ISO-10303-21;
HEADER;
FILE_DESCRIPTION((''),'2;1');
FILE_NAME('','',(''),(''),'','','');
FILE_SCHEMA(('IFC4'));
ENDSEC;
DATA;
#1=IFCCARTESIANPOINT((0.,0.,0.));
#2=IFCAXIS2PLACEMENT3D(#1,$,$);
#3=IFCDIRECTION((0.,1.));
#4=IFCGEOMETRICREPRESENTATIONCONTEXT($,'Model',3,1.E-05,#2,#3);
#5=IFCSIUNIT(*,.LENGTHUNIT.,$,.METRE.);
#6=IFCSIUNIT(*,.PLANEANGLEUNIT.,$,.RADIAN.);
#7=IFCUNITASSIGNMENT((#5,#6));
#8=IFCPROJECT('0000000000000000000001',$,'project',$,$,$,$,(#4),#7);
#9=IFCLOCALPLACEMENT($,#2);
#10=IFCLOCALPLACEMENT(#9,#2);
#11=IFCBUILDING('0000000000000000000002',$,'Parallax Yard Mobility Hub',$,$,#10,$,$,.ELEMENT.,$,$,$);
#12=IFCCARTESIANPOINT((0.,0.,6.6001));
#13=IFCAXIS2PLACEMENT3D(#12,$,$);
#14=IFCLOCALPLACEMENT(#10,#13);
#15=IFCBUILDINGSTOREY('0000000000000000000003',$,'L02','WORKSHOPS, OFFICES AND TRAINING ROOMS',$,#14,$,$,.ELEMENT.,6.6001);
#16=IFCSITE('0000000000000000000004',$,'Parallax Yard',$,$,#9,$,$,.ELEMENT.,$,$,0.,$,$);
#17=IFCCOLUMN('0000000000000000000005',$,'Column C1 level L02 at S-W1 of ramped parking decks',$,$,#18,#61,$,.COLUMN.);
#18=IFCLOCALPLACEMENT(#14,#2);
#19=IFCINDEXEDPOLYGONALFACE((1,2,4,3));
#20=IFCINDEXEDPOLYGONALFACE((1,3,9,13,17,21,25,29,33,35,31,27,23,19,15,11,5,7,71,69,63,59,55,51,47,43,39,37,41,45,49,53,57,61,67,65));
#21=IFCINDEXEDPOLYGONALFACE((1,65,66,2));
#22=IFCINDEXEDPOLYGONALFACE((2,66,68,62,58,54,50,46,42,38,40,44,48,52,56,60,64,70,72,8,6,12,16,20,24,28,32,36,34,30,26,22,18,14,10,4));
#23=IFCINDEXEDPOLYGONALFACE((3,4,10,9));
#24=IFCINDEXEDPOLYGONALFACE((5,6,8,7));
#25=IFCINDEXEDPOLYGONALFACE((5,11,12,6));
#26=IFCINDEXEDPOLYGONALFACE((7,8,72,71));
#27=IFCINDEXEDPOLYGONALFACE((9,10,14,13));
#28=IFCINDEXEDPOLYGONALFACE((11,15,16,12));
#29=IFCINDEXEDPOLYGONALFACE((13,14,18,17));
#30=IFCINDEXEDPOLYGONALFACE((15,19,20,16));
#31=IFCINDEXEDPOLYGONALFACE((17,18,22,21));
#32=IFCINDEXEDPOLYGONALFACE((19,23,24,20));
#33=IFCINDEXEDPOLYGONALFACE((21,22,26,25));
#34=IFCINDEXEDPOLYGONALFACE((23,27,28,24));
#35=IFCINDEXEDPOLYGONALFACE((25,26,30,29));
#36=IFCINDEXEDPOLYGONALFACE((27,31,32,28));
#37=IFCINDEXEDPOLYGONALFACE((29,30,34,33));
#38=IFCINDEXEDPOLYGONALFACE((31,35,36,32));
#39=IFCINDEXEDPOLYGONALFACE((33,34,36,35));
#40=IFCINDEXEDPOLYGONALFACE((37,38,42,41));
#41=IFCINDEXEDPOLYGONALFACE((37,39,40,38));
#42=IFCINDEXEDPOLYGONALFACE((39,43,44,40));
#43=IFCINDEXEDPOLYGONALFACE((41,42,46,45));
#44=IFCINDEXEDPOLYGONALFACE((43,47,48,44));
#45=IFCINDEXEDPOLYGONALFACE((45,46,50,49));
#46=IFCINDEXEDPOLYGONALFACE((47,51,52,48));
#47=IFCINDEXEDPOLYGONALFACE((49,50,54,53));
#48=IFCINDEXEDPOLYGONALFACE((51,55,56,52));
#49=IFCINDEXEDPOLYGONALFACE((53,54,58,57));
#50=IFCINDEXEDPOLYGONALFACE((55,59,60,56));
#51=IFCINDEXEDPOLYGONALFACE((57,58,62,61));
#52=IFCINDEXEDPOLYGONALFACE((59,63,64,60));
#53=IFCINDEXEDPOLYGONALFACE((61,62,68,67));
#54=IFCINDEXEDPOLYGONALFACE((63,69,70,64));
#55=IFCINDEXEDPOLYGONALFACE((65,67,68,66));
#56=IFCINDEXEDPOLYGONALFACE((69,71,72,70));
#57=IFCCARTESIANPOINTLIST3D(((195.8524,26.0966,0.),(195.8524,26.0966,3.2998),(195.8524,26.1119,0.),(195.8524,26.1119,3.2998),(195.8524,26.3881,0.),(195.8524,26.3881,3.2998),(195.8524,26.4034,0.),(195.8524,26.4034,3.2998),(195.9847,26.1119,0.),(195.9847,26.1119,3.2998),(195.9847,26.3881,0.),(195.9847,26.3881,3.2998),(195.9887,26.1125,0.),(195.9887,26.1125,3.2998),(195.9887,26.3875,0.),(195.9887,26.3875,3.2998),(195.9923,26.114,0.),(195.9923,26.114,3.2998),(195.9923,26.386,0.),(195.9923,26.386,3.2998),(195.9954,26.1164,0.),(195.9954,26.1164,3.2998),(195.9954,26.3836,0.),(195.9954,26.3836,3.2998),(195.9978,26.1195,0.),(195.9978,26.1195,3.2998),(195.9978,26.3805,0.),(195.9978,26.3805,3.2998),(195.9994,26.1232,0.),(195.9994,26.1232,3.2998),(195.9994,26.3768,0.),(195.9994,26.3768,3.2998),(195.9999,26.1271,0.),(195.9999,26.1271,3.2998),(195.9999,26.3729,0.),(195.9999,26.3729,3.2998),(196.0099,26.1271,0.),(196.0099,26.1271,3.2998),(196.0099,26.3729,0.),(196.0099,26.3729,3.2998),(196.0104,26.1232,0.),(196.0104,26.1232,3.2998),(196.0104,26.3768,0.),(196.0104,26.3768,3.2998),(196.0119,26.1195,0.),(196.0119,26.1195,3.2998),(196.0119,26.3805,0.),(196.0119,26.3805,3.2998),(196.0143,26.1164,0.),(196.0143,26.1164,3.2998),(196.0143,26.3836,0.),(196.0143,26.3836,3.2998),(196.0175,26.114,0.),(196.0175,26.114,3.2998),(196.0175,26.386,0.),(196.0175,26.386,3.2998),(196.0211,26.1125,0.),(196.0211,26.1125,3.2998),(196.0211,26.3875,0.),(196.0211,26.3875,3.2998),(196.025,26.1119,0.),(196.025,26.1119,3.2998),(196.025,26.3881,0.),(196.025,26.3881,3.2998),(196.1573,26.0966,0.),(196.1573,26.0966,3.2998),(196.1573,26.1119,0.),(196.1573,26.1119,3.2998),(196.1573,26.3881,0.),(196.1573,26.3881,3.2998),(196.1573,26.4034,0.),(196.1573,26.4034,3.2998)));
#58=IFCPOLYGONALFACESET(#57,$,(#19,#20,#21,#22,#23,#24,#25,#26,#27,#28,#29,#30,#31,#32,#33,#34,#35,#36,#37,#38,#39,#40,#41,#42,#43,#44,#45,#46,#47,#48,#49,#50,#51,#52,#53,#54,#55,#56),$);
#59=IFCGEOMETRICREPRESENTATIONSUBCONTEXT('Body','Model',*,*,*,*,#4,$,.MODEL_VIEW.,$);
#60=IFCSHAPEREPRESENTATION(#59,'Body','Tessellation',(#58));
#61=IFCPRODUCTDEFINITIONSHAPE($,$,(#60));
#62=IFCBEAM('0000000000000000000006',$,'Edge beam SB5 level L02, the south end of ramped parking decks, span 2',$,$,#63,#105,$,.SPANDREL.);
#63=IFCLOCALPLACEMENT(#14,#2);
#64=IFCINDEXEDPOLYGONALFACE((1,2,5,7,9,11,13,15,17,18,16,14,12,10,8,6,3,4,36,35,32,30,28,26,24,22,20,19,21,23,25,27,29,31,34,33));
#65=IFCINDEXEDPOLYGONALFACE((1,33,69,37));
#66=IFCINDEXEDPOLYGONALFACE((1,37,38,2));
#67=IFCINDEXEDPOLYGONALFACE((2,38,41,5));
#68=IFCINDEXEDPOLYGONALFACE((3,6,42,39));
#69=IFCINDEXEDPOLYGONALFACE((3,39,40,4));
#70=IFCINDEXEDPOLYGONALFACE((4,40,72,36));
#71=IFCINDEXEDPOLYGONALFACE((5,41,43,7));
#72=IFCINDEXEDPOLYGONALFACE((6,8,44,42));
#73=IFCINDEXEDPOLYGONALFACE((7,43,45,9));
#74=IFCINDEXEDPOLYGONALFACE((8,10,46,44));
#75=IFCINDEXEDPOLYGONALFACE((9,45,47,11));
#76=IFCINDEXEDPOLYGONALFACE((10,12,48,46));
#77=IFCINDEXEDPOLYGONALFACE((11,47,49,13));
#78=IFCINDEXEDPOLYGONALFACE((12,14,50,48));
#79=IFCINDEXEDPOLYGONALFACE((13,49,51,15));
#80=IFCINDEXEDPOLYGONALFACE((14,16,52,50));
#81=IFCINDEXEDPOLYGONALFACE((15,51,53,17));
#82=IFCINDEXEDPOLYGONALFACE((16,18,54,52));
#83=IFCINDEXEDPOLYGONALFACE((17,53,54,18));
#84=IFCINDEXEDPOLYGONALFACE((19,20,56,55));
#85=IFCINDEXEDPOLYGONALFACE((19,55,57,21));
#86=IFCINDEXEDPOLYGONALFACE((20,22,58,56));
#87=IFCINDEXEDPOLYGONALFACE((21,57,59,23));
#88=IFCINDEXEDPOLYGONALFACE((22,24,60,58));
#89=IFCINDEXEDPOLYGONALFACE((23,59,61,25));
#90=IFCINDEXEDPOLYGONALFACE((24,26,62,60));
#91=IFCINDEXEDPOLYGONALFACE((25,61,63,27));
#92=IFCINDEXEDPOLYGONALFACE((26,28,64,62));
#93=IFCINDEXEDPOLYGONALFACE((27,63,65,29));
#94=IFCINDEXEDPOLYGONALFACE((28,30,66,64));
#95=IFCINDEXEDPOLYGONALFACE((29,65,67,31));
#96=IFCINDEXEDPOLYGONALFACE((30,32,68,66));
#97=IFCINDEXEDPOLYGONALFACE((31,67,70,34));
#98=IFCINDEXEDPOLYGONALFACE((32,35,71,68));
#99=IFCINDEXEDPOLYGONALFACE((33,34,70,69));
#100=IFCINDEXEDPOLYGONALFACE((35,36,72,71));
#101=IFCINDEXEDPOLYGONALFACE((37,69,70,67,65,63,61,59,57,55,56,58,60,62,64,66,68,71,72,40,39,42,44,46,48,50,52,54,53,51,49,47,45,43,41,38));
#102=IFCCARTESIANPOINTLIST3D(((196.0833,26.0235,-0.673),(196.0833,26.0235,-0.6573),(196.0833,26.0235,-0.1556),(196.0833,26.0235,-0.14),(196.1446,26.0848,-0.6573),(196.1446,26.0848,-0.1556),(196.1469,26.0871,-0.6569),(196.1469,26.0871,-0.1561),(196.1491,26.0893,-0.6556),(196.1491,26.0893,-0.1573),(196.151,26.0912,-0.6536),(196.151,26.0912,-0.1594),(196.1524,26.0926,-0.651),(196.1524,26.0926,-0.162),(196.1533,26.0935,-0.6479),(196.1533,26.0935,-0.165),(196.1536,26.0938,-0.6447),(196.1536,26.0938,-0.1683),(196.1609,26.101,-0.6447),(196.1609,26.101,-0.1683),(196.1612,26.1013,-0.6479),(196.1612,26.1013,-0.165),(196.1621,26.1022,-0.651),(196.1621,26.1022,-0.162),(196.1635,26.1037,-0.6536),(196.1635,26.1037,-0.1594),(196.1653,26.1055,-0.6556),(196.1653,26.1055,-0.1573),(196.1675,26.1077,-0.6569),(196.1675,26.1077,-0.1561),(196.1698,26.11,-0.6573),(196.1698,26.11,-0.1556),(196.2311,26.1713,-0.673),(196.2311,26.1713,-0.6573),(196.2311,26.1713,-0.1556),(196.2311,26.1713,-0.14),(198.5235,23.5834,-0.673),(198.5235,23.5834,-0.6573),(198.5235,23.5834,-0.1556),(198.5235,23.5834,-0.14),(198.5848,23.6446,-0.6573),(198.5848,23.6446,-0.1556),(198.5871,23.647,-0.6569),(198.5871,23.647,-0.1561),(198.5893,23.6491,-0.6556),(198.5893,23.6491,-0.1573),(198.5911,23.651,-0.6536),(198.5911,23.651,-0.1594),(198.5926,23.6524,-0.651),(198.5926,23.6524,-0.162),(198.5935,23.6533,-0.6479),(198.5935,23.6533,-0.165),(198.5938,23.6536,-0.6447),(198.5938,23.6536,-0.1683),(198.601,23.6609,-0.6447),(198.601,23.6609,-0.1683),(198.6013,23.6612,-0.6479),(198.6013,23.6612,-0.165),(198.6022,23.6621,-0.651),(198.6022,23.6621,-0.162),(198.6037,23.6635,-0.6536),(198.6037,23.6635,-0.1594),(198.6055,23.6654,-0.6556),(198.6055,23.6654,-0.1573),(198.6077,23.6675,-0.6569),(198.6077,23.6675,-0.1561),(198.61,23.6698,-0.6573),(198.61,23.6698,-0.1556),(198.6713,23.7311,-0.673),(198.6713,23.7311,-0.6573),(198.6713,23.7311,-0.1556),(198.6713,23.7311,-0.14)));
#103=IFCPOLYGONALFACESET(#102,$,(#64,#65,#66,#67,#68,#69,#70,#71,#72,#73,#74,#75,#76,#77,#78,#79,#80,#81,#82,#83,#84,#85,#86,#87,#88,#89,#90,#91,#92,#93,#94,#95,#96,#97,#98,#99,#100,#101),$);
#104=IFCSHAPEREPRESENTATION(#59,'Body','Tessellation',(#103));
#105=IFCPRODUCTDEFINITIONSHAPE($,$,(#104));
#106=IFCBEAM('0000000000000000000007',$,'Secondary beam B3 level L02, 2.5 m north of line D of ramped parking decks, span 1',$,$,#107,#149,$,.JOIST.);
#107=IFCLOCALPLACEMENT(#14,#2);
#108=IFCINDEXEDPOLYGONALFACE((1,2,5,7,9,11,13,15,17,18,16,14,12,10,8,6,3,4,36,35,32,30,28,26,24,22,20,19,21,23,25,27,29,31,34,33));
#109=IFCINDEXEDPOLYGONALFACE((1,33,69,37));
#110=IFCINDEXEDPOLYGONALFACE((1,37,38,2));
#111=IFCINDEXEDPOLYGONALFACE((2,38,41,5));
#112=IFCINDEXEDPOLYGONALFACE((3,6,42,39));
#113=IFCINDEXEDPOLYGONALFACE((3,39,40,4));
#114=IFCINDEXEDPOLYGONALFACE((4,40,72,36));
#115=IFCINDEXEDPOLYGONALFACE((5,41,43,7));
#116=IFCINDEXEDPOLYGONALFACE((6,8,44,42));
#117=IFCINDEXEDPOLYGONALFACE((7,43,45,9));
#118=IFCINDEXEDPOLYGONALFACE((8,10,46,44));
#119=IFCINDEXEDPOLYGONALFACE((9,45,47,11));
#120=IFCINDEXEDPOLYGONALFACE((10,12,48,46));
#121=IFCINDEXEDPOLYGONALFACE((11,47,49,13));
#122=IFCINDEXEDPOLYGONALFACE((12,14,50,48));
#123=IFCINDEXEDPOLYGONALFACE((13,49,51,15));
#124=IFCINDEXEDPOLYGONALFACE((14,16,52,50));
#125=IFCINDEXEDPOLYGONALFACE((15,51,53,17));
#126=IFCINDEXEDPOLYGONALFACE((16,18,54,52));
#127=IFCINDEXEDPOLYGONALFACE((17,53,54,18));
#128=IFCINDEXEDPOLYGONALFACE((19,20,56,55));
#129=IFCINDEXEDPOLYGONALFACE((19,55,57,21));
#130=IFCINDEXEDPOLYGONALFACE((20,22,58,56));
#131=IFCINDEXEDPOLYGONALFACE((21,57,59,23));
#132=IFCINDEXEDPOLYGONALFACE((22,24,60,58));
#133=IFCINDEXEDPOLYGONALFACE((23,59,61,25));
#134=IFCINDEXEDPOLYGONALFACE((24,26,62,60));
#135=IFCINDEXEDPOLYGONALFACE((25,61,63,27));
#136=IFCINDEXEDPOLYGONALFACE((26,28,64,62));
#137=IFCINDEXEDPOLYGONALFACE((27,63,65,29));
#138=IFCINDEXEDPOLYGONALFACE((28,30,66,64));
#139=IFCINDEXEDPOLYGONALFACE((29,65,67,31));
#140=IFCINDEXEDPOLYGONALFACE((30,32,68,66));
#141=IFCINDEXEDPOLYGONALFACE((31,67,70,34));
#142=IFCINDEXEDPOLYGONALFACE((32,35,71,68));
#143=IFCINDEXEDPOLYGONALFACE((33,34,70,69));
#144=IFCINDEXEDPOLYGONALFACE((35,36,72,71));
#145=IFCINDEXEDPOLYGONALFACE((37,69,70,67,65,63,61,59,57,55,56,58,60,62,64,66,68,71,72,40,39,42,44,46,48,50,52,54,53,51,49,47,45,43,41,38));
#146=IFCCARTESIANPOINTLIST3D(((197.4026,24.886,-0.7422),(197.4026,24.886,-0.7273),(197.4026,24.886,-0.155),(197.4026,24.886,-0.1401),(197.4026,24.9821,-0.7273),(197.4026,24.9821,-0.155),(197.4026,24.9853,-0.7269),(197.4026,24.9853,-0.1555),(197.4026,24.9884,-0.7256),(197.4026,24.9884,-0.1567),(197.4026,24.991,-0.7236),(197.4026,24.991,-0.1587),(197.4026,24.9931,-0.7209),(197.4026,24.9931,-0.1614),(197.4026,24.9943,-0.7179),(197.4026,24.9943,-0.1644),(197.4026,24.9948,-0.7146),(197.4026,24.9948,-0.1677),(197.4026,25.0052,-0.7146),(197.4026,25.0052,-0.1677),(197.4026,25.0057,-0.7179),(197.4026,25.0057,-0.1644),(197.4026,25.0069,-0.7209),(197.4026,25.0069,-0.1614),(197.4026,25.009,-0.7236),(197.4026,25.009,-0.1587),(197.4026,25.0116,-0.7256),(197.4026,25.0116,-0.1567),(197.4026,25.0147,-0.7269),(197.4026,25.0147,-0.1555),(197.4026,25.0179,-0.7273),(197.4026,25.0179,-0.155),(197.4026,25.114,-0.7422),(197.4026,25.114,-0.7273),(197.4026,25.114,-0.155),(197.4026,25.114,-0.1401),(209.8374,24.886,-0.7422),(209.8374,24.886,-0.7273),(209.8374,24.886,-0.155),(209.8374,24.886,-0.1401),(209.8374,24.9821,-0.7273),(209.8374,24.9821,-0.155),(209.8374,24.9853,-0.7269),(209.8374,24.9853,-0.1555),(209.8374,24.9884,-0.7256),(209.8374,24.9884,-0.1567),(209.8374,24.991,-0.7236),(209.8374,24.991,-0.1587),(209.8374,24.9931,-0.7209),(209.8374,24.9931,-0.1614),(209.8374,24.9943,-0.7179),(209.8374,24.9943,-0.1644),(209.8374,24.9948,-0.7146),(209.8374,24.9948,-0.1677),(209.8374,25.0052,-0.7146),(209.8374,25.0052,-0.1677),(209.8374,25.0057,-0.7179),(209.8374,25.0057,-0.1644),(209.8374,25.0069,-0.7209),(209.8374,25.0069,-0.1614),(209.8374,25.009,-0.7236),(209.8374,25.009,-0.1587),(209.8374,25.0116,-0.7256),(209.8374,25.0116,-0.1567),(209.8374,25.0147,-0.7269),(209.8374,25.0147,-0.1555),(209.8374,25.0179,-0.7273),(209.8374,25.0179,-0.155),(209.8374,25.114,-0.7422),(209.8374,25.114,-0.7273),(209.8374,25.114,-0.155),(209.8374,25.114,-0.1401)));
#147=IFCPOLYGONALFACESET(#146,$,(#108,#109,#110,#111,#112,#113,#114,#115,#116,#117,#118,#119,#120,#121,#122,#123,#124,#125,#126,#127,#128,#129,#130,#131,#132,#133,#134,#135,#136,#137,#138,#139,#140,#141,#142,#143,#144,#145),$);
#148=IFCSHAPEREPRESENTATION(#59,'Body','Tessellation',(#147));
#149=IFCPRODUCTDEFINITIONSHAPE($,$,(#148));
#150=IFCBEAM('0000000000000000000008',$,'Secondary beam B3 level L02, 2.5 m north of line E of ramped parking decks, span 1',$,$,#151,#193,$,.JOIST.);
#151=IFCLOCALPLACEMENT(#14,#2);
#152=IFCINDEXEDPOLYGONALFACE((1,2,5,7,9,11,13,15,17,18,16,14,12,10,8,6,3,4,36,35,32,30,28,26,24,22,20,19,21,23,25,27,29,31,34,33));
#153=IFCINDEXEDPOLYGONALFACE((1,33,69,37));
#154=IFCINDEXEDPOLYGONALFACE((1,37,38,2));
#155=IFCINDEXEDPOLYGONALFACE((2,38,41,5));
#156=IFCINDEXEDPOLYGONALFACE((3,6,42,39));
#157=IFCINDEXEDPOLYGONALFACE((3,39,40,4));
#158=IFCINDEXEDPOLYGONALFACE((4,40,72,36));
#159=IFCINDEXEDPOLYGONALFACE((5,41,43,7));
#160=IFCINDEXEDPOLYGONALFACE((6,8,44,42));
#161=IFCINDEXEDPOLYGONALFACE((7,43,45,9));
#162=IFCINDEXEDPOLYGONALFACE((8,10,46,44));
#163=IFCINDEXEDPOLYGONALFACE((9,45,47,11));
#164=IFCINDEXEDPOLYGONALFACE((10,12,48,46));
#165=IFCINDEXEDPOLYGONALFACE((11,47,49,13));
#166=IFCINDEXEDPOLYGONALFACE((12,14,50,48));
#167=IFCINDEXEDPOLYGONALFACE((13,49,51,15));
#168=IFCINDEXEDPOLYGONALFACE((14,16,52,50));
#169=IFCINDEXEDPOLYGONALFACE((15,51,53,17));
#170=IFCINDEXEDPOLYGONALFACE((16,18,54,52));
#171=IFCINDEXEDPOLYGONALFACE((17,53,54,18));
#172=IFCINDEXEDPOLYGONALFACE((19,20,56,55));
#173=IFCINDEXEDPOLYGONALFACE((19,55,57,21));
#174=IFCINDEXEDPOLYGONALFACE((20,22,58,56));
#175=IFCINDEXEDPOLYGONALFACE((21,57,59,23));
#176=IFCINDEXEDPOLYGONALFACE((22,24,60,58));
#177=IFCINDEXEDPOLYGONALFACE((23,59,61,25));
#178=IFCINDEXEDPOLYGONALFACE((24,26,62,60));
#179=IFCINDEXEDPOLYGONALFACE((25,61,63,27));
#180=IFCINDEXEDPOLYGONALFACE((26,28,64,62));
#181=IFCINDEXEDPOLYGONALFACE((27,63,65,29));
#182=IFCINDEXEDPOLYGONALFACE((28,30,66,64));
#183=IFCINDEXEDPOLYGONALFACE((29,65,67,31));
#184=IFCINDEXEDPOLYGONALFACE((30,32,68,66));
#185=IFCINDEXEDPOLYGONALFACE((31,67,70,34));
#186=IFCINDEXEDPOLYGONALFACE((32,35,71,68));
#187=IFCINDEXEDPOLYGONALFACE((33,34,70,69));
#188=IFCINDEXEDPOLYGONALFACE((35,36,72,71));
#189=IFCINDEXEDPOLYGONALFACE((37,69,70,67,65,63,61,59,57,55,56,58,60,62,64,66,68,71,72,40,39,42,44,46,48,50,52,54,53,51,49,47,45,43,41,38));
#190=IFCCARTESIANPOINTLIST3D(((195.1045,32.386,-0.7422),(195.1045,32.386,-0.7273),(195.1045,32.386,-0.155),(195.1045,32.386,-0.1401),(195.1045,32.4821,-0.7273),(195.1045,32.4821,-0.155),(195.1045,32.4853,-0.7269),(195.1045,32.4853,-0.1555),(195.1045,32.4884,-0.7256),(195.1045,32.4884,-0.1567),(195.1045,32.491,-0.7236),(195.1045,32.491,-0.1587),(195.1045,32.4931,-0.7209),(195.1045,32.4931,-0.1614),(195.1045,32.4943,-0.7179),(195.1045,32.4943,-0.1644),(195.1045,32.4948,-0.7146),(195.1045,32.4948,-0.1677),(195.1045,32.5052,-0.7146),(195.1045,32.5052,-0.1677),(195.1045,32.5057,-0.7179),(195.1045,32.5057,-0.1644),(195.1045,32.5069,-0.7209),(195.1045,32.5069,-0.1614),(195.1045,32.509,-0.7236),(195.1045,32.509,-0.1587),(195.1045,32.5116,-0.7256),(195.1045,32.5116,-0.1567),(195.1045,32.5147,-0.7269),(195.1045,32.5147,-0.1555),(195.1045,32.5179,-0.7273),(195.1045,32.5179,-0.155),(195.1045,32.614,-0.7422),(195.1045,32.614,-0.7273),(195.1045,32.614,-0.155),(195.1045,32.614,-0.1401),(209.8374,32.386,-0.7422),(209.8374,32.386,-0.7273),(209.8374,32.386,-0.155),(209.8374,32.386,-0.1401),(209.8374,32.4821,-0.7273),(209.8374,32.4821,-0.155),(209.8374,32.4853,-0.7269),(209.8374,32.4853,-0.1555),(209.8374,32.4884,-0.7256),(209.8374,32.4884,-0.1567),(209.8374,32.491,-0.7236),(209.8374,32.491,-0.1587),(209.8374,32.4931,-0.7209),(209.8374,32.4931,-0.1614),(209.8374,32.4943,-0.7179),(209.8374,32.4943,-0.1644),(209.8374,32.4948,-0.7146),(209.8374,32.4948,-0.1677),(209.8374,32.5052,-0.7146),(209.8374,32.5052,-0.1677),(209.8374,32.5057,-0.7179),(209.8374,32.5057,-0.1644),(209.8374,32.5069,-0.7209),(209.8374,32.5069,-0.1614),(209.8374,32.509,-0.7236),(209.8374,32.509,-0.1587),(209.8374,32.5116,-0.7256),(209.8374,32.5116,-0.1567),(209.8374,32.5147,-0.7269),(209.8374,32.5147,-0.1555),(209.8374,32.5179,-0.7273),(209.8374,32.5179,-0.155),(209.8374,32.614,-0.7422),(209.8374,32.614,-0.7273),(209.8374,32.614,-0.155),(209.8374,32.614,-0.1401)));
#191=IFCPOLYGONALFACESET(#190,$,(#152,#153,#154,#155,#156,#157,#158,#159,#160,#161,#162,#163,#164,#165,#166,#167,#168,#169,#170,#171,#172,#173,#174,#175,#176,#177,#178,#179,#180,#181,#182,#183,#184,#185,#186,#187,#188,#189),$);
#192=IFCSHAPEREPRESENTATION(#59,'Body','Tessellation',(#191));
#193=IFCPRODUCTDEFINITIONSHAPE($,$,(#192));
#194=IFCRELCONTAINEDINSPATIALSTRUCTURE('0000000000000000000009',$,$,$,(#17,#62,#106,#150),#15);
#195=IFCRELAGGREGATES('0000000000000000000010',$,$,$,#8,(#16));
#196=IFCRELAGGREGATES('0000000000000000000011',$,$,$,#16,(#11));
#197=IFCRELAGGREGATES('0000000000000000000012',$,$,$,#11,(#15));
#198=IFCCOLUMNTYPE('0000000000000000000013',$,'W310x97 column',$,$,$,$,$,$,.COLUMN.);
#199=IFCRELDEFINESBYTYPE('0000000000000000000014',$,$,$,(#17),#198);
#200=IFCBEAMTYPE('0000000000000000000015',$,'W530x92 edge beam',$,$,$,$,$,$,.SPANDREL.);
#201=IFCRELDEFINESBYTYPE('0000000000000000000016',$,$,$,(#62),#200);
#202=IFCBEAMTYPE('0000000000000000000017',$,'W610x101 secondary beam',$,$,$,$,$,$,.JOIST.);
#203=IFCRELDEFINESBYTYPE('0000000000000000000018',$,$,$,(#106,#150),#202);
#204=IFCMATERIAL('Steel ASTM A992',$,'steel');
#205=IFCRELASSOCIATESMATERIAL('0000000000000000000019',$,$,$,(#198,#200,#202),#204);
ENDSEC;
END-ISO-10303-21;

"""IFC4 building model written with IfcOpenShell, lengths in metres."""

from ifc_helpers import new_model, si_unit, direction, frame, origin, origin_2d, place, context, subcontext, project, spatial, i_section, extrude, material, material_profile, profile_set, type_object, element, save


model = new_model("IFC4")

# Units and contexts
model_context = context("Model", 3, precision=1e-05, world=origin(), true_north=direction((0.0, 1.0)))
body_context = subcontext(model_context, "Body", "Model", "MODEL_VIEW")
ifc_project = project(units=[si_unit("LENGTHUNIT", "METRE"), si_unit("PLANEANGLEUNIT", "RADIAN")], contexts=[model_context])

# Site, building, storey
site_placement = place(None, origin())
site = spatial("IfcSite", under=ifc_project, at=site_placement, Name="Parallax Yard", CompositionType="ELEMENT", RefElevation=0.0)
building_placement = place(site_placement, origin())
building = spatial("IfcBuilding", under=site, at=building_placement, Name="Parallax Yard Mobility Hub", CompositionType="ELEMENT")
storey_placement = place(building_placement, frame((0.0, 0.0, 6.6001)))
storey = spatial("IfcBuildingStorey", under=building, at=storey_placement, Name="L02", Description="WORKSHOPS, OFFICES AND TRAINING ROOMS", CompositionType="ELEMENT", Elevation=6.6001)

# Column
ifc_material_1 = material(Name="Steel ASTM A992", Category="steel")
ifc_material_profile_1 = material_profile(ifc_material_1, i_section(OverallWidth=0.3049, OverallDepth=0.3069, WebThickness=0.01, FlangeThickness=0.0154, FilletRadius=0.0151, at=origin_2d()), Name="W310x97")
ifc_profile_set_1 = profile_set([ifc_material_profile_1], Name="Steel ASTM A992")
column_type = type_object("IfcColumnType", Name="W310x97 column", PredefinedType="COLUMN", material=ifc_profile_set_1)
column_placement = place(storey_placement, frame((196.0049, 26.25, 0.0), z_axis=(0.0, 0.0, 1.0), x_axis=(1.0, 0.0, 0.0)))
element("IfcColumn", 1, at=column_placement, inside=storey, type_object=column_type, Name="Column C1 level L02 at S-W1 of ramped parking decks", PredefinedType="COLUMN", context=body_context, shape_type="SweptSolid", body=[
    extrude(i_section(OverallWidth=0.3049, OverallDepth=0.3069, WebThickness=0.01, FlangeThickness=0.0154, FilletRadius=0.0151, at=origin_2d()), origin(), (0.0, 0.0, 1.0), 3.2998),
])

# Beams
ifc_material_profile_2 = material_profile(ifc_material_1, i_section(OverallWidth=0.209, OverallDepth=0.533, WebThickness=0.0103, FlangeThickness=0.0156, FilletRadius=0.0127, at=origin_2d()), Name="W530x92")
ifc_profile_set_2 = profile_set([ifc_material_profile_2], Name="Steel ASTM A992")
beam_type_1 = type_object("IfcBeamType", Name="W530x92 edge beam", PredefinedType="SPANDREL", material=ifc_profile_set_2)
beam_1_placement = place(storey_placement, frame((196.1572, 26.0974, -0.4065), z_axis=(0.707107, -0.707107, 0.0), x_axis=(0.707107, 0.707107, 0.0)))
element("IfcBeam", 2, at=beam_1_placement, inside=storey, type_object=beam_type_1, Name="Edge beam SB5 level L02, the south end of ramped parking decks, span 2", PredefinedType="SPANDREL", context=body_context, shape_type="SweptSolid", body=[
    extrude(i_section(OverallWidth=0.209, OverallDepth=0.533, WebThickness=0.0103, FlangeThickness=0.0156, FilletRadius=0.0127, at=origin_2d()), origin(), (0.0, 0.0, 1.0), 3.4509),
])
ifc_material_profile_3 = material_profile(ifc_material_1, i_section(OverallWidth=0.228, OverallDepth=0.6021, WebThickness=0.0105, FlangeThickness=0.0149, FilletRadius=0.0127, at=origin_2d()), Name="W610x101")
ifc_profile_set_3 = profile_set([ifc_material_profile_3], Name="Steel ASTM A992")
beam_type_2 = type_object("IfcBeamType", Name="W610x101 secondary beam", PredefinedType="JOIST", material=ifc_profile_set_3)
beam_2_placement = place(storey_placement, frame((197.4026, 25.0, -0.4412), z_axis=(1.0, 0.0, 0.0), x_axis=(0.0, 1.0, 0.0)))
element("IfcBeam", 3, at=beam_2_placement, inside=storey, type_object=beam_type_2, Name="Secondary beam B3 level L02, 2.5 m north of line D of ramped parking decks, span 1", PredefinedType="JOIST", context=body_context, shape_type="SweptSolid", body=[
    extrude(i_section(OverallWidth=0.228, OverallDepth=0.6021, WebThickness=0.0105, FlangeThickness=0.0149, FilletRadius=0.0127, at=origin_2d()), origin(), (0.0, 0.0, 1.0), 12.4348),
])
beam_3_placement = place(storey_placement, frame((195.1045, 32.5, -0.4412), z_axis=(1.0, 0.0, 0.0), x_axis=(0.0, 1.0, 0.0)))
element("IfcBeam", 4, at=beam_3_placement, inside=storey, type_object=beam_type_2, Name="Secondary beam B3 level L02, 2.5 m north of line E of ramped parking decks, span 1", PredefinedType="JOIST", context=body_context, shape_type="SweptSolid", body=[
    extrude(i_section(OverallWidth=0.228, OverallDepth=0.6021, WebThickness=0.0105, FlangeThickness=0.0149, FilletRadius=0.0127, at=origin_2d()), origin(), (0.0, 0.0, 1.0), 14.7329),
])

save(model, "model.ifc")
